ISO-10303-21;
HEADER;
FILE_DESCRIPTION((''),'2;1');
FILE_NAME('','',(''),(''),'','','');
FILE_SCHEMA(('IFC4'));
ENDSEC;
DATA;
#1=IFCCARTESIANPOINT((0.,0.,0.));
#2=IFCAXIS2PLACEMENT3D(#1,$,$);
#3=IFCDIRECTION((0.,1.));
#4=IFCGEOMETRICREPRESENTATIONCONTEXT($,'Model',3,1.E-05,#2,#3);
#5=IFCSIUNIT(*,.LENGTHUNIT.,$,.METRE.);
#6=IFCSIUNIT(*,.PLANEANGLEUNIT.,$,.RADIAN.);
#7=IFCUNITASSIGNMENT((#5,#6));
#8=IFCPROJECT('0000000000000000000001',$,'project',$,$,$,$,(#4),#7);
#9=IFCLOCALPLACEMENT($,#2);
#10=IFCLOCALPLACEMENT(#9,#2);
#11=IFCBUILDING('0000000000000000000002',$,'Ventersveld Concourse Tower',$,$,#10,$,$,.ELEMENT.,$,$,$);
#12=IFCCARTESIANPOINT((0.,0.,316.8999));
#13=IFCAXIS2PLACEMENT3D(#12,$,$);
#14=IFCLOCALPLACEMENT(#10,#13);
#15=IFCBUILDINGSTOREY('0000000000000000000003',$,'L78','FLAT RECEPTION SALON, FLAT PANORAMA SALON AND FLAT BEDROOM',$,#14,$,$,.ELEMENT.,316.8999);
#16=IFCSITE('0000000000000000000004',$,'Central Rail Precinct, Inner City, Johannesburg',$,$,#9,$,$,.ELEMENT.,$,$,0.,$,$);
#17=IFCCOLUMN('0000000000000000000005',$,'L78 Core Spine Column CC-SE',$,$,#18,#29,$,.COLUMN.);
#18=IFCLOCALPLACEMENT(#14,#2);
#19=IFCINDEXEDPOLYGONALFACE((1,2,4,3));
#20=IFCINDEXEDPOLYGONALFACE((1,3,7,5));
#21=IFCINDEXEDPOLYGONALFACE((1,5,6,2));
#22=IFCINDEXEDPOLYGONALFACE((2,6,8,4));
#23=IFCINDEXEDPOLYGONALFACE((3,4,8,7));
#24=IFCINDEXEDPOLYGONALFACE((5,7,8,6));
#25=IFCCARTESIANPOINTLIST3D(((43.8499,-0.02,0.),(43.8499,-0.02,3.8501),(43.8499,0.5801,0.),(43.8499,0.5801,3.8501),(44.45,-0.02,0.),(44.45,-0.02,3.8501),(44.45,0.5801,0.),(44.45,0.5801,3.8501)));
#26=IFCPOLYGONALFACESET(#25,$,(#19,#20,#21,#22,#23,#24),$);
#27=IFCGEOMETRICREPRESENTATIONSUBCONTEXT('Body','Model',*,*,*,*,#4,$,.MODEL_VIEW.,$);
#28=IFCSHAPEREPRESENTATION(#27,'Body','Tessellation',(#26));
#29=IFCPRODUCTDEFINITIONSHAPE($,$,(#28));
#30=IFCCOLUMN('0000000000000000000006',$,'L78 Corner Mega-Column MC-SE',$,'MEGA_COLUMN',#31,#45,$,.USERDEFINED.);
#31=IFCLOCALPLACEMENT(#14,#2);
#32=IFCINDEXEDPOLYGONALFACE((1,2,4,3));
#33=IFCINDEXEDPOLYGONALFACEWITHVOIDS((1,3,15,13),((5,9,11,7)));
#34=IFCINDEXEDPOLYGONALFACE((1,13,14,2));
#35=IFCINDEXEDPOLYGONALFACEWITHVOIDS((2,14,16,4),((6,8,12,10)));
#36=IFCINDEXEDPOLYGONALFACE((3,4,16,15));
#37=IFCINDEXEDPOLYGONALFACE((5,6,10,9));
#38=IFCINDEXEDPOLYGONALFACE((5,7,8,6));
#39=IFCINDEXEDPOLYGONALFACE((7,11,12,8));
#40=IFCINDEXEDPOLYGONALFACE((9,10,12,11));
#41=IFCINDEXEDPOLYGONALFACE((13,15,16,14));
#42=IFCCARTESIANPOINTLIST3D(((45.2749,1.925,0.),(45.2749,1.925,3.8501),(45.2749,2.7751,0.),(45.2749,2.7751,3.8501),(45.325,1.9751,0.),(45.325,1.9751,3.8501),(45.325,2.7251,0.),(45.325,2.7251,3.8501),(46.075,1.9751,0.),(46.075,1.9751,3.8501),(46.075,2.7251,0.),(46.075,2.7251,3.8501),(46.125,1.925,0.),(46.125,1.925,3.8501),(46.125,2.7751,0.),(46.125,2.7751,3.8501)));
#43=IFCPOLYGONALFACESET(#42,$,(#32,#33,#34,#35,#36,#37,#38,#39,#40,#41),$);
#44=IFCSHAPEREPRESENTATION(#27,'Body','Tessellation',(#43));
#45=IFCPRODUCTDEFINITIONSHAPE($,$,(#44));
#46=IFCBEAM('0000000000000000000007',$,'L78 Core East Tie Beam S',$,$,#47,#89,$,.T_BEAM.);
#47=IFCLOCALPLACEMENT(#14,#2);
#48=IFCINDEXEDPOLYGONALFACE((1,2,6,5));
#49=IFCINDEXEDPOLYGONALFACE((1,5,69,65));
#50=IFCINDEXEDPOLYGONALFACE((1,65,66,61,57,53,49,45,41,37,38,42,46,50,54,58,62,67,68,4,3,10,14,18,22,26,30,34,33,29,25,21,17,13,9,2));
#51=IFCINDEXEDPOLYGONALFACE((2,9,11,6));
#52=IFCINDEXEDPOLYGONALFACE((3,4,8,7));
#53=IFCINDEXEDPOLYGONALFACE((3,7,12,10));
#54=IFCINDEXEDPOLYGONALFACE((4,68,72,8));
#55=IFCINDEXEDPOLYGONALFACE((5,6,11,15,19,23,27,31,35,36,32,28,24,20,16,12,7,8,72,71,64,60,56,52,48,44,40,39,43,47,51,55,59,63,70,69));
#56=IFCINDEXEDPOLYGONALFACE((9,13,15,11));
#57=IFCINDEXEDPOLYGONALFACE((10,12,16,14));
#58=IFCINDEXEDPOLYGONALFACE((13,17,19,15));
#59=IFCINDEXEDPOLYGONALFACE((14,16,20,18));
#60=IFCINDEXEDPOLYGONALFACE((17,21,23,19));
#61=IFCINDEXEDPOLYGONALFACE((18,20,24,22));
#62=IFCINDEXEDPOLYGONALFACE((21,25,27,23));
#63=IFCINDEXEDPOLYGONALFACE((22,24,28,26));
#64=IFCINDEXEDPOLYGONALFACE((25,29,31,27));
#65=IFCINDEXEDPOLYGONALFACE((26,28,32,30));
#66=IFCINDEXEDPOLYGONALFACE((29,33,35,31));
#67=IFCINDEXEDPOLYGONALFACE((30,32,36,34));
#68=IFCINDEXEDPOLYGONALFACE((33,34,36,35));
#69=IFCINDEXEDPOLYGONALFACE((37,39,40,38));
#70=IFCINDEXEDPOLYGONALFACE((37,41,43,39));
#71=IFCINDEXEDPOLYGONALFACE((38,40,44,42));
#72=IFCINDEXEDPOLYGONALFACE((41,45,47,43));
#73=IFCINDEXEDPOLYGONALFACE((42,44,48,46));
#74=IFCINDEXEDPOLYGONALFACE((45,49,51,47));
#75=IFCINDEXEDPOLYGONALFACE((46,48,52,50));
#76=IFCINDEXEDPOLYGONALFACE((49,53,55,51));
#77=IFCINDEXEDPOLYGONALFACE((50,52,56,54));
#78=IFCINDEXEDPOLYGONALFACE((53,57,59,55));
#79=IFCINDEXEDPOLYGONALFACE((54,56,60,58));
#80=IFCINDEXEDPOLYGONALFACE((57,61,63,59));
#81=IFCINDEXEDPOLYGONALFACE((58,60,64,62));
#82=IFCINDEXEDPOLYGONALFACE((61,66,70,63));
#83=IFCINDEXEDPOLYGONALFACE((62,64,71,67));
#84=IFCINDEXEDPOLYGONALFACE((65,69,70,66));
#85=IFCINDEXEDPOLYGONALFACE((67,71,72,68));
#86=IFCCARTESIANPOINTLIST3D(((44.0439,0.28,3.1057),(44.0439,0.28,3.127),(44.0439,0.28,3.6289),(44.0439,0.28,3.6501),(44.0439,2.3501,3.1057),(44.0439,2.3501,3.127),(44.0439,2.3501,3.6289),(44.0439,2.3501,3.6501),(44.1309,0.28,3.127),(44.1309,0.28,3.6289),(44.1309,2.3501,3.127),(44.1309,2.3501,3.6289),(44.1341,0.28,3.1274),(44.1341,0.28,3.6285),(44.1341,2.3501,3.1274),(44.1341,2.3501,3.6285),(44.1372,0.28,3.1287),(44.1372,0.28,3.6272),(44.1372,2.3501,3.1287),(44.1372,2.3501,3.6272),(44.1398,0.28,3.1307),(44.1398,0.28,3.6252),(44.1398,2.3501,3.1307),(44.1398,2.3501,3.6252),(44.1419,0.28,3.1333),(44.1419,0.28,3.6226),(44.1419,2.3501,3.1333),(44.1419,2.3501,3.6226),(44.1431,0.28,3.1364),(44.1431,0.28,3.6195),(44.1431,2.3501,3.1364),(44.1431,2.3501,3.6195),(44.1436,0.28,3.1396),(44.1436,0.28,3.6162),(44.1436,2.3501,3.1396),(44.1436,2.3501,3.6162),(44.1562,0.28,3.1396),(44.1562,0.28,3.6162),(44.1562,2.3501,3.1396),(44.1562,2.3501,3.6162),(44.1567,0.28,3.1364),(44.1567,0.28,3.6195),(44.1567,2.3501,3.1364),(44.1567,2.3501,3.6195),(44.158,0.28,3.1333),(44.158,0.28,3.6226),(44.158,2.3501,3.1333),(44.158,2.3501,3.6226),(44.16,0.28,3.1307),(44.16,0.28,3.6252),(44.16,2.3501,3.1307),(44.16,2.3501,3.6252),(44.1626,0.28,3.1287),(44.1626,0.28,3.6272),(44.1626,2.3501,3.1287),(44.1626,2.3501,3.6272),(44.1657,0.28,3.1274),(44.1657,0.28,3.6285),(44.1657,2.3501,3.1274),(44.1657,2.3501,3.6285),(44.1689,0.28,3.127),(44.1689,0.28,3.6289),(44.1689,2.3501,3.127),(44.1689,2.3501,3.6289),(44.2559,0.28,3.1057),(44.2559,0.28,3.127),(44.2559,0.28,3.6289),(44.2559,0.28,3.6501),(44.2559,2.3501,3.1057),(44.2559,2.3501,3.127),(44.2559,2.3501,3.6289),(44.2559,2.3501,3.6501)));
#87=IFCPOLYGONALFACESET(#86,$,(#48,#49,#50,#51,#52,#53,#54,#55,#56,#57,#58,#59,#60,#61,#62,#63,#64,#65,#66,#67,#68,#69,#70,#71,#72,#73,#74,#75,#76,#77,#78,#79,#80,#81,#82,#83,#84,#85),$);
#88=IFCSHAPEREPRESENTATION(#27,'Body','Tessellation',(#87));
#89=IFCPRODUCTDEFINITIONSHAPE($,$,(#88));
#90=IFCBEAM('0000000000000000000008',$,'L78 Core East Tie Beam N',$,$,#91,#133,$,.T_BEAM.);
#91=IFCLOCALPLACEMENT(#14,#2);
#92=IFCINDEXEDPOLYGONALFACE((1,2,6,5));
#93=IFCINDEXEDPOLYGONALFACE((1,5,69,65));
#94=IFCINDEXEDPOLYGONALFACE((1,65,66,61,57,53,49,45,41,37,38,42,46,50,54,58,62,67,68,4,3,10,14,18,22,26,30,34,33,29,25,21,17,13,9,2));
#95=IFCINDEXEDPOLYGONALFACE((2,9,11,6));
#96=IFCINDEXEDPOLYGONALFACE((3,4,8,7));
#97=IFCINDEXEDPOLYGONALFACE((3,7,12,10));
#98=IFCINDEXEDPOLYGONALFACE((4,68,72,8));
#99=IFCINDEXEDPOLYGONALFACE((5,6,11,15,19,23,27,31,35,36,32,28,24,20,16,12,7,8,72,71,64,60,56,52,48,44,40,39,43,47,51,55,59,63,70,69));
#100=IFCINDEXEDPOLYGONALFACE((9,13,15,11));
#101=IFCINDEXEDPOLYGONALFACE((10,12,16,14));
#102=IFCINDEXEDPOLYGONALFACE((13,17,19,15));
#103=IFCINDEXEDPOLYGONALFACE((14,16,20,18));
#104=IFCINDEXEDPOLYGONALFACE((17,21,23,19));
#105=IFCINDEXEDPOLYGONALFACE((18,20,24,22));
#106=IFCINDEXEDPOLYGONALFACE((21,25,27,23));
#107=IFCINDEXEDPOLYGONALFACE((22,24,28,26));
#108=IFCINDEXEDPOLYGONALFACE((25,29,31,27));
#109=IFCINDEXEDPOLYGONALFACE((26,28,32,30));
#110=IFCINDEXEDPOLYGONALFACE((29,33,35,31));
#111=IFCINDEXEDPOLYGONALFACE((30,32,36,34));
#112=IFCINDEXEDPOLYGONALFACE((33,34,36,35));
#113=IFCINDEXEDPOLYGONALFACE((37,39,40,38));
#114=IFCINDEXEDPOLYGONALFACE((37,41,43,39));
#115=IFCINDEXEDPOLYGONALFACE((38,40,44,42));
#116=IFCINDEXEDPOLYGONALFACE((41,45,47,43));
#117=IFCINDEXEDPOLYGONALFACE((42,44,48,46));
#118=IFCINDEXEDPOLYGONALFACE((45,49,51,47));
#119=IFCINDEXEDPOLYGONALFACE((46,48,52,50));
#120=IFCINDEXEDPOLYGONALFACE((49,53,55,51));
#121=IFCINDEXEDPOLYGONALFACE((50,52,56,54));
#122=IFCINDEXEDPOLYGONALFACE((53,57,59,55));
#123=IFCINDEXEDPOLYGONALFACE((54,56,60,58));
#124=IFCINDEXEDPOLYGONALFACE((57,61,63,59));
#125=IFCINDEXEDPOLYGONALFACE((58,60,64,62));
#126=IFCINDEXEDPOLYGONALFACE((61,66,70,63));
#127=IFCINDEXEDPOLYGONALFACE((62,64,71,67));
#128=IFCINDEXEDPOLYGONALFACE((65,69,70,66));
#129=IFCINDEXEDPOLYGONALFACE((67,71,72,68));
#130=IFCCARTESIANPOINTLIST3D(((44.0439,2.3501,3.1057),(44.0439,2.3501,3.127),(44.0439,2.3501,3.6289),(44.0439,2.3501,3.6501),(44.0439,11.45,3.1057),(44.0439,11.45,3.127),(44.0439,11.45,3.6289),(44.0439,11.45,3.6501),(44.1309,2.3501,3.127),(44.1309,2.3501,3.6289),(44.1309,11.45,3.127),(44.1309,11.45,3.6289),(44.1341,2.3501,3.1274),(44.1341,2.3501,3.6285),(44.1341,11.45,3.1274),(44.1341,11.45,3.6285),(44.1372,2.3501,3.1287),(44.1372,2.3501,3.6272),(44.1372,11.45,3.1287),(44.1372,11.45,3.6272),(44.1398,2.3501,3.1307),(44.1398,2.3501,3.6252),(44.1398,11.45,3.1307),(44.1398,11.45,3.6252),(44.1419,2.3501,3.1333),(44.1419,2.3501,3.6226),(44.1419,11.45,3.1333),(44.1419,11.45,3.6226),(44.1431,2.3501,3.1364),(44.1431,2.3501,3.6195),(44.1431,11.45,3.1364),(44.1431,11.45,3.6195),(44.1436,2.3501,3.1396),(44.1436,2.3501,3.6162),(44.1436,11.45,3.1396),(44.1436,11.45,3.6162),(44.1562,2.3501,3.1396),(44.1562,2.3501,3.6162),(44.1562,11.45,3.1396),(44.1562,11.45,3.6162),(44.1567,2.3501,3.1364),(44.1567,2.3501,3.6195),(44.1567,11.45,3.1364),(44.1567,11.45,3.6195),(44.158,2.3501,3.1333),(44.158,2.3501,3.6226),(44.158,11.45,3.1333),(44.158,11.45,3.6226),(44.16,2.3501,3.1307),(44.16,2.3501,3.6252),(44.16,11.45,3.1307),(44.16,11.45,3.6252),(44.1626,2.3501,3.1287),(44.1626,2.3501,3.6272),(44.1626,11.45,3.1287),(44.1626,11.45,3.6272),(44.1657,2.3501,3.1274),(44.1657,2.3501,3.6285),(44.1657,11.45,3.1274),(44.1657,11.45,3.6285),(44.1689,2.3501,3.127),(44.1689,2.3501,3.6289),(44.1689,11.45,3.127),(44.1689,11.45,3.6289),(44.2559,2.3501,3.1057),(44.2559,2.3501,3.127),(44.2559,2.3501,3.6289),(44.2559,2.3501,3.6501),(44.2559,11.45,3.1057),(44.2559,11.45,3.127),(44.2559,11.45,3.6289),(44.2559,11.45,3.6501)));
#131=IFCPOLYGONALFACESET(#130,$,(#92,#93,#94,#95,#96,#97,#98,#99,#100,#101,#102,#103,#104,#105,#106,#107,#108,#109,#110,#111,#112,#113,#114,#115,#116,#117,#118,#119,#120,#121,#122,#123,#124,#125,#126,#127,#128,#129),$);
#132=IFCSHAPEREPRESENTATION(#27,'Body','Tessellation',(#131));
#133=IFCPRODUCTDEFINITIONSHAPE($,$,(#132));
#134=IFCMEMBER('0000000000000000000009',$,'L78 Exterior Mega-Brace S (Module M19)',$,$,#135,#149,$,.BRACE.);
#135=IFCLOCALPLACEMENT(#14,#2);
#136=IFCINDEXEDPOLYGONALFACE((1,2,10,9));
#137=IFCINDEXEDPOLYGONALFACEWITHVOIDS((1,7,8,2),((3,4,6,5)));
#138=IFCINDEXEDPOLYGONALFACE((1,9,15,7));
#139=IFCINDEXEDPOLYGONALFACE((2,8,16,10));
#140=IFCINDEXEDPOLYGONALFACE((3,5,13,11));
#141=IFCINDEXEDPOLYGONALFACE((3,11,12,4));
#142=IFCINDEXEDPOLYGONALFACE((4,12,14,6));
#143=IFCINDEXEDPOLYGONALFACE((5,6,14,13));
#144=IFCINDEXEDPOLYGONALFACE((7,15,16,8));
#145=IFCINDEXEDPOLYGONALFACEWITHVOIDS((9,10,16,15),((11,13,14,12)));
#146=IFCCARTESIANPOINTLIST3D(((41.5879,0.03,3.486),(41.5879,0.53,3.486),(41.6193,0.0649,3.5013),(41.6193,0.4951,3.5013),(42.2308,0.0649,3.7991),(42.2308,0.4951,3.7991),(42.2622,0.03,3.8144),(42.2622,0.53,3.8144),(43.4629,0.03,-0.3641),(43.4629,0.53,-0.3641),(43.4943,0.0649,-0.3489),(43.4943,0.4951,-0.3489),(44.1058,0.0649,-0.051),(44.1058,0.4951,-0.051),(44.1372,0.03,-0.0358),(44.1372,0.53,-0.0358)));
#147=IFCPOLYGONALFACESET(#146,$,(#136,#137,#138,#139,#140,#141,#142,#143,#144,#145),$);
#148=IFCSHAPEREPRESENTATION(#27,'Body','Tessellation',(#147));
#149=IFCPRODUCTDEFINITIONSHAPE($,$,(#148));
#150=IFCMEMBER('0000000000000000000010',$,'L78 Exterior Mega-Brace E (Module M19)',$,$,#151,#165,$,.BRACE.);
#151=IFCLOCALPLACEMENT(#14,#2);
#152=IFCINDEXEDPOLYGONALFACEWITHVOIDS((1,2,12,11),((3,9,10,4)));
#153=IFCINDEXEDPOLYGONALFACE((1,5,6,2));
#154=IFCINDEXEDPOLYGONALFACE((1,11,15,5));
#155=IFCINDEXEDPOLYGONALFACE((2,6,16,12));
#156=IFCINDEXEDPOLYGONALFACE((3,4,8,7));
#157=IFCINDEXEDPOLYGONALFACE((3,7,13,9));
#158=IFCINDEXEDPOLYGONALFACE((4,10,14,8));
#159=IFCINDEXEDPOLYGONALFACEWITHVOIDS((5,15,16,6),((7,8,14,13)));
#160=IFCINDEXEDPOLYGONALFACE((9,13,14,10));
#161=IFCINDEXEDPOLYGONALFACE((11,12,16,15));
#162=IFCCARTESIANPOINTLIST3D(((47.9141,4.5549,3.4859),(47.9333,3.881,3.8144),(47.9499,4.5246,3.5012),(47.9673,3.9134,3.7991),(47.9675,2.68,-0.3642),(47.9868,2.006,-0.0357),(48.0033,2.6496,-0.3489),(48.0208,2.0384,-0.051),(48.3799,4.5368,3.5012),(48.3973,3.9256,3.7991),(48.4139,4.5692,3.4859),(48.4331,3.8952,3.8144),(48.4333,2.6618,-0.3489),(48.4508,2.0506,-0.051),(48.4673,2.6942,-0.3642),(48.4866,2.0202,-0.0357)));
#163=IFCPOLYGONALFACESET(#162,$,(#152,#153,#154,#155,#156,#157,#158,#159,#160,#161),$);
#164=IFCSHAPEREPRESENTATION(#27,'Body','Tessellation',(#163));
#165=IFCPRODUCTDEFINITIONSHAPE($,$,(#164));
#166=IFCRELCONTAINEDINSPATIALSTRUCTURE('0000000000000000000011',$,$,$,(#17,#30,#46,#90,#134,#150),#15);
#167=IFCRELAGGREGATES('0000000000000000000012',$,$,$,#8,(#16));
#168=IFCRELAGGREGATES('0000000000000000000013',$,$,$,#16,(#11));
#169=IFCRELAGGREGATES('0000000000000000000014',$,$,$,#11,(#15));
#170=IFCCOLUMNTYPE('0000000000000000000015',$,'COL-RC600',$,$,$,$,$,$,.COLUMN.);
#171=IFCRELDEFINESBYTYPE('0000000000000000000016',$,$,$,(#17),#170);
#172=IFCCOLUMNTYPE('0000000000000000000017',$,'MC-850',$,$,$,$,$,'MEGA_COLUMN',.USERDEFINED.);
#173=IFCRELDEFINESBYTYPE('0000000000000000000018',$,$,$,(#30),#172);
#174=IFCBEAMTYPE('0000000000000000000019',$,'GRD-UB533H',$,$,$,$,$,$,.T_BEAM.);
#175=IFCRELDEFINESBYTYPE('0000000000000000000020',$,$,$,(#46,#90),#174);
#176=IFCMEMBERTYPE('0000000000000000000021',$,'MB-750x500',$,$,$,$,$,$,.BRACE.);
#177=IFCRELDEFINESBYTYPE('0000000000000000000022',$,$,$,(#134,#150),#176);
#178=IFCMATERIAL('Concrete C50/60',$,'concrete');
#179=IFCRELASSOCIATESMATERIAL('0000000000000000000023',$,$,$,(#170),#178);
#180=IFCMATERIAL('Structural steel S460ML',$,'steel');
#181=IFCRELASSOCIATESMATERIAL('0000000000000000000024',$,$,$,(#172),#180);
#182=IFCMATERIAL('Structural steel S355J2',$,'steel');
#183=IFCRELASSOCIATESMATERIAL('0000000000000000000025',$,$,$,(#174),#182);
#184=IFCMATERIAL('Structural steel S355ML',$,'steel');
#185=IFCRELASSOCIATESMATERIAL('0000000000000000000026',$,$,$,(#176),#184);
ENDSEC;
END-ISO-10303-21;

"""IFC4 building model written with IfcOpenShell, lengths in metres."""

from ifc_helpers import new_model, si_unit, direction, frame, origin, origin_2d, place, context, subcontext, project, spatial, rectangle, hollow_rectangle, i_section, extrude, material, material_profile, profile_set, type_object, element, save


model = new_model("IFC4")

# Units and contexts
model_context = context("Model", 3, precision=1e-05, world=origin(), true_north=direction((0.0, 1.0)))
body_context = subcontext(model_context, "Body", "Model", "MODEL_VIEW")
ifc_project = project(units=[si_unit("LENGTHUNIT", "METRE"), si_unit("PLANEANGLEUNIT", "RADIAN")], contexts=[model_context])

# Site, building, storey
site_placement = place(None, origin())
site = spatial("IfcSite", under=ifc_project, at=site_placement, Name="Central Rail Precinct, Inner City, Johannesburg", CompositionType="ELEMENT", RefElevation=0.0)
building_placement = place(site_placement, origin())
building = spatial("IfcBuilding", under=site, at=building_placement, Name="Ventersveld Concourse Tower", CompositionType="ELEMENT")
storey_placement = place(building_placement, frame((0.0, 0.0, 316.8999)))
storey = spatial("IfcBuildingStorey", under=building, at=storey_placement, Name="L78", Description="FLAT RECEPTION SALON, FLAT PANORAMA SALON AND FLAT BEDROOM", CompositionType="ELEMENT", Elevation=316.8999)

# Columns
ifc_material_1 = material(Name="Concrete C50/60", Category="concrete")
ifc_material_profile_1 = material_profile(ifc_material_1, rectangle(XDim=0.6001, YDim=0.6001, at=origin_2d()), Name="RC 600x600")
ifc_profile_set_1 = profile_set([ifc_material_profile_1], Name="Concrete C50/60")
column_type_1 = type_object("IfcColumnType", Name="COL-RC600", PredefinedType="COLUMN", material=ifc_profile_set_1)
column_1_placement = place(storey_placement, frame((44.1499, 0.28, 0.0), z_axis=(0.0, 0.0, 1.0), x_axis=(1.0, 0.0, 0.0)))
element("IfcColumn", 1, at=column_1_placement, inside=storey, type_object=column_type_1, Name="L78 Core Spine Column CC-SE", PredefinedType="COLUMN", context=body_context, shape_type="SweptSolid", body=[
    extrude(rectangle(XDim=0.6001, YDim=0.6001, at=origin_2d()), origin(), (0.0, 0.0, 1.0), 3.8501),
])
ifc_material_2 = material(Name="Structural steel S460ML", Category="steel")
ifc_material_profile_2 = material_profile(ifc_material_2, hollow_rectangle(XDim=0.8501, YDim=0.8501, WallThickness=0.05, at=origin_2d()), Name="BOX 850x850x50")
ifc_profile_set_2 = profile_set([ifc_material_profile_2], Name="Structural steel S460ML")
column_type_2 = type_object("IfcColumnType", Name="MC-850", ElementType="MEGA_COLUMN", PredefinedType="USERDEFINED", material=ifc_profile_set_2)
column_2_placement = place(storey_placement, frame((45.7, 2.3501, 0.0), z_axis=(0.0, 0.0, 1.0), x_axis=(1.0, 0.0, 0.0)))
element("IfcColumn", 2, at=column_2_placement, inside=storey, type_object=column_type_2, Name="L78 Corner Mega-Column MC-SE", ObjectType="MEGA_COLUMN", PredefinedType="USERDEFINED", context=body_context, shape_type="SweptSolid", body=[
    extrude(hollow_rectangle(XDim=0.8501, YDim=0.8501, WallThickness=0.05, at=origin_2d()), origin(), (0.0, 0.0, 1.0), 3.8501),
])

# Beams
ifc_material_3 = material(Name="Structural steel S355J2", Category="steel")
ifc_material_profile_3 = material_profile(ifc_material_3, i_section(OverallWidth=0.2119, OverallDepth=0.5444, WebThickness=0.0127, FlangeThickness=0.0212, FilletRadius=0.0127, at=origin_2d()), Name="UB 533x210x122")
ifc_profile_set_3 = profile_set([ifc_material_profile_3], Name="Structural steel S355J2")
beam_type_1 = type_object("IfcBeamType", Name="GRD-UB533H", PredefinedType="T_BEAM", material=ifc_profile_set_3)
beam_1_placement = place(storey_placement, frame((44.1499, 0.28, 3.3779), z_axis=(0.0, 1.0, 0.0), x_axis=(-1.0, 0.0, 0.0)))
element("IfcBeam", 3, at=beam_1_placement, inside=storey, type_object=beam_type_1, Name="L78 Core East Tie Beam S", PredefinedType="T_BEAM", context=body_context, shape_type="SweptSolid", body=[
    extrude(i_section(OverallWidth=0.2119, OverallDepth=0.5444, WebThickness=0.0127, FlangeThickness=0.0212, FilletRadius=0.0127, at=origin_2d()), origin(), (0.0, 0.0, 1.0), 2.0701),
])
beam_2_placement = place(storey_placement, frame((44.1499, 2.3501, 3.3779), z_axis=(0.0, 1.0, 0.0), x_axis=(-1.0, 0.0, 0.0)))
element("IfcBeam", 4, at=beam_2_placement, inside=storey, type_object=beam_type_1, Name="L78 Core East Tie Beam N", PredefinedType="T_BEAM", context=body_context, shape_type="SweptSolid", body=[
    extrude(i_section(OverallWidth=0.2119, OverallDepth=0.5444, WebThickness=0.0127, FlangeThickness=0.0212, FilletRadius=0.0127, at=origin_2d()), origin(), (0.0, 0.0, 1.0), 9.0999),
])

# Members
ifc_material_4 = material(Name="Structural steel S355ML", Category="steel")
ifc_material_profile_4 = material_profile(ifc_material_4, hollow_rectangle(XDim=0.5, YDim=0.75, WallThickness=0.0349, at=origin_2d()), Name="BOX 750x500x35")
ifc_profile_set_4 = profile_set([ifc_material_profile_4], Name="Structural steel S355ML")
member_type = type_object("IfcMemberType", Name="MB-750x500", PredefinedType="BRACE", material=ifc_profile_set_4)
member_1_placement = place(storey_placement, frame((43.8, 0.28, -0.2), z_axis=(-0.437839, 0.0, 0.899053), x_axis=(0.0, -1.0, 0.0)))
element("IfcMember", 5, at=member_1_placement, inside=storey, type_object=member_type, Name="L78 Exterior Mega-Brace S (Module M19)", PredefinedType="BRACE", context=body_context, shape_type="SweptSolid", body=[
    extrude(hollow_rectangle(XDim=0.5, YDim=0.75, WallThickness=0.0349, at=origin_2d()), origin(), (0.0, 0.0, 1.0), 4.2825),
])
member_2_placement = place(storey_placement, frame((48.2271, 2.3501, -0.2), z_axis=(-0.012484, 0.437805, 0.898983), x_axis=(-0.999594, -0.028504, 0.0)))
element("IfcMember", 6, at=member_2_placement, inside=storey, type_object=member_type, Name="L78 Exterior Mega-Brace E (Module M19)", PredefinedType="BRACE", context=body_context, shape_type="SweptSolid", body=[
    extrude(hollow_rectangle(XDim=0.5, YDim=0.75, WallThickness=0.0349, at=origin_2d()), origin(), (0.0, 0.0, 1.0), 4.2827),
])

save(model, "model.ifc")
